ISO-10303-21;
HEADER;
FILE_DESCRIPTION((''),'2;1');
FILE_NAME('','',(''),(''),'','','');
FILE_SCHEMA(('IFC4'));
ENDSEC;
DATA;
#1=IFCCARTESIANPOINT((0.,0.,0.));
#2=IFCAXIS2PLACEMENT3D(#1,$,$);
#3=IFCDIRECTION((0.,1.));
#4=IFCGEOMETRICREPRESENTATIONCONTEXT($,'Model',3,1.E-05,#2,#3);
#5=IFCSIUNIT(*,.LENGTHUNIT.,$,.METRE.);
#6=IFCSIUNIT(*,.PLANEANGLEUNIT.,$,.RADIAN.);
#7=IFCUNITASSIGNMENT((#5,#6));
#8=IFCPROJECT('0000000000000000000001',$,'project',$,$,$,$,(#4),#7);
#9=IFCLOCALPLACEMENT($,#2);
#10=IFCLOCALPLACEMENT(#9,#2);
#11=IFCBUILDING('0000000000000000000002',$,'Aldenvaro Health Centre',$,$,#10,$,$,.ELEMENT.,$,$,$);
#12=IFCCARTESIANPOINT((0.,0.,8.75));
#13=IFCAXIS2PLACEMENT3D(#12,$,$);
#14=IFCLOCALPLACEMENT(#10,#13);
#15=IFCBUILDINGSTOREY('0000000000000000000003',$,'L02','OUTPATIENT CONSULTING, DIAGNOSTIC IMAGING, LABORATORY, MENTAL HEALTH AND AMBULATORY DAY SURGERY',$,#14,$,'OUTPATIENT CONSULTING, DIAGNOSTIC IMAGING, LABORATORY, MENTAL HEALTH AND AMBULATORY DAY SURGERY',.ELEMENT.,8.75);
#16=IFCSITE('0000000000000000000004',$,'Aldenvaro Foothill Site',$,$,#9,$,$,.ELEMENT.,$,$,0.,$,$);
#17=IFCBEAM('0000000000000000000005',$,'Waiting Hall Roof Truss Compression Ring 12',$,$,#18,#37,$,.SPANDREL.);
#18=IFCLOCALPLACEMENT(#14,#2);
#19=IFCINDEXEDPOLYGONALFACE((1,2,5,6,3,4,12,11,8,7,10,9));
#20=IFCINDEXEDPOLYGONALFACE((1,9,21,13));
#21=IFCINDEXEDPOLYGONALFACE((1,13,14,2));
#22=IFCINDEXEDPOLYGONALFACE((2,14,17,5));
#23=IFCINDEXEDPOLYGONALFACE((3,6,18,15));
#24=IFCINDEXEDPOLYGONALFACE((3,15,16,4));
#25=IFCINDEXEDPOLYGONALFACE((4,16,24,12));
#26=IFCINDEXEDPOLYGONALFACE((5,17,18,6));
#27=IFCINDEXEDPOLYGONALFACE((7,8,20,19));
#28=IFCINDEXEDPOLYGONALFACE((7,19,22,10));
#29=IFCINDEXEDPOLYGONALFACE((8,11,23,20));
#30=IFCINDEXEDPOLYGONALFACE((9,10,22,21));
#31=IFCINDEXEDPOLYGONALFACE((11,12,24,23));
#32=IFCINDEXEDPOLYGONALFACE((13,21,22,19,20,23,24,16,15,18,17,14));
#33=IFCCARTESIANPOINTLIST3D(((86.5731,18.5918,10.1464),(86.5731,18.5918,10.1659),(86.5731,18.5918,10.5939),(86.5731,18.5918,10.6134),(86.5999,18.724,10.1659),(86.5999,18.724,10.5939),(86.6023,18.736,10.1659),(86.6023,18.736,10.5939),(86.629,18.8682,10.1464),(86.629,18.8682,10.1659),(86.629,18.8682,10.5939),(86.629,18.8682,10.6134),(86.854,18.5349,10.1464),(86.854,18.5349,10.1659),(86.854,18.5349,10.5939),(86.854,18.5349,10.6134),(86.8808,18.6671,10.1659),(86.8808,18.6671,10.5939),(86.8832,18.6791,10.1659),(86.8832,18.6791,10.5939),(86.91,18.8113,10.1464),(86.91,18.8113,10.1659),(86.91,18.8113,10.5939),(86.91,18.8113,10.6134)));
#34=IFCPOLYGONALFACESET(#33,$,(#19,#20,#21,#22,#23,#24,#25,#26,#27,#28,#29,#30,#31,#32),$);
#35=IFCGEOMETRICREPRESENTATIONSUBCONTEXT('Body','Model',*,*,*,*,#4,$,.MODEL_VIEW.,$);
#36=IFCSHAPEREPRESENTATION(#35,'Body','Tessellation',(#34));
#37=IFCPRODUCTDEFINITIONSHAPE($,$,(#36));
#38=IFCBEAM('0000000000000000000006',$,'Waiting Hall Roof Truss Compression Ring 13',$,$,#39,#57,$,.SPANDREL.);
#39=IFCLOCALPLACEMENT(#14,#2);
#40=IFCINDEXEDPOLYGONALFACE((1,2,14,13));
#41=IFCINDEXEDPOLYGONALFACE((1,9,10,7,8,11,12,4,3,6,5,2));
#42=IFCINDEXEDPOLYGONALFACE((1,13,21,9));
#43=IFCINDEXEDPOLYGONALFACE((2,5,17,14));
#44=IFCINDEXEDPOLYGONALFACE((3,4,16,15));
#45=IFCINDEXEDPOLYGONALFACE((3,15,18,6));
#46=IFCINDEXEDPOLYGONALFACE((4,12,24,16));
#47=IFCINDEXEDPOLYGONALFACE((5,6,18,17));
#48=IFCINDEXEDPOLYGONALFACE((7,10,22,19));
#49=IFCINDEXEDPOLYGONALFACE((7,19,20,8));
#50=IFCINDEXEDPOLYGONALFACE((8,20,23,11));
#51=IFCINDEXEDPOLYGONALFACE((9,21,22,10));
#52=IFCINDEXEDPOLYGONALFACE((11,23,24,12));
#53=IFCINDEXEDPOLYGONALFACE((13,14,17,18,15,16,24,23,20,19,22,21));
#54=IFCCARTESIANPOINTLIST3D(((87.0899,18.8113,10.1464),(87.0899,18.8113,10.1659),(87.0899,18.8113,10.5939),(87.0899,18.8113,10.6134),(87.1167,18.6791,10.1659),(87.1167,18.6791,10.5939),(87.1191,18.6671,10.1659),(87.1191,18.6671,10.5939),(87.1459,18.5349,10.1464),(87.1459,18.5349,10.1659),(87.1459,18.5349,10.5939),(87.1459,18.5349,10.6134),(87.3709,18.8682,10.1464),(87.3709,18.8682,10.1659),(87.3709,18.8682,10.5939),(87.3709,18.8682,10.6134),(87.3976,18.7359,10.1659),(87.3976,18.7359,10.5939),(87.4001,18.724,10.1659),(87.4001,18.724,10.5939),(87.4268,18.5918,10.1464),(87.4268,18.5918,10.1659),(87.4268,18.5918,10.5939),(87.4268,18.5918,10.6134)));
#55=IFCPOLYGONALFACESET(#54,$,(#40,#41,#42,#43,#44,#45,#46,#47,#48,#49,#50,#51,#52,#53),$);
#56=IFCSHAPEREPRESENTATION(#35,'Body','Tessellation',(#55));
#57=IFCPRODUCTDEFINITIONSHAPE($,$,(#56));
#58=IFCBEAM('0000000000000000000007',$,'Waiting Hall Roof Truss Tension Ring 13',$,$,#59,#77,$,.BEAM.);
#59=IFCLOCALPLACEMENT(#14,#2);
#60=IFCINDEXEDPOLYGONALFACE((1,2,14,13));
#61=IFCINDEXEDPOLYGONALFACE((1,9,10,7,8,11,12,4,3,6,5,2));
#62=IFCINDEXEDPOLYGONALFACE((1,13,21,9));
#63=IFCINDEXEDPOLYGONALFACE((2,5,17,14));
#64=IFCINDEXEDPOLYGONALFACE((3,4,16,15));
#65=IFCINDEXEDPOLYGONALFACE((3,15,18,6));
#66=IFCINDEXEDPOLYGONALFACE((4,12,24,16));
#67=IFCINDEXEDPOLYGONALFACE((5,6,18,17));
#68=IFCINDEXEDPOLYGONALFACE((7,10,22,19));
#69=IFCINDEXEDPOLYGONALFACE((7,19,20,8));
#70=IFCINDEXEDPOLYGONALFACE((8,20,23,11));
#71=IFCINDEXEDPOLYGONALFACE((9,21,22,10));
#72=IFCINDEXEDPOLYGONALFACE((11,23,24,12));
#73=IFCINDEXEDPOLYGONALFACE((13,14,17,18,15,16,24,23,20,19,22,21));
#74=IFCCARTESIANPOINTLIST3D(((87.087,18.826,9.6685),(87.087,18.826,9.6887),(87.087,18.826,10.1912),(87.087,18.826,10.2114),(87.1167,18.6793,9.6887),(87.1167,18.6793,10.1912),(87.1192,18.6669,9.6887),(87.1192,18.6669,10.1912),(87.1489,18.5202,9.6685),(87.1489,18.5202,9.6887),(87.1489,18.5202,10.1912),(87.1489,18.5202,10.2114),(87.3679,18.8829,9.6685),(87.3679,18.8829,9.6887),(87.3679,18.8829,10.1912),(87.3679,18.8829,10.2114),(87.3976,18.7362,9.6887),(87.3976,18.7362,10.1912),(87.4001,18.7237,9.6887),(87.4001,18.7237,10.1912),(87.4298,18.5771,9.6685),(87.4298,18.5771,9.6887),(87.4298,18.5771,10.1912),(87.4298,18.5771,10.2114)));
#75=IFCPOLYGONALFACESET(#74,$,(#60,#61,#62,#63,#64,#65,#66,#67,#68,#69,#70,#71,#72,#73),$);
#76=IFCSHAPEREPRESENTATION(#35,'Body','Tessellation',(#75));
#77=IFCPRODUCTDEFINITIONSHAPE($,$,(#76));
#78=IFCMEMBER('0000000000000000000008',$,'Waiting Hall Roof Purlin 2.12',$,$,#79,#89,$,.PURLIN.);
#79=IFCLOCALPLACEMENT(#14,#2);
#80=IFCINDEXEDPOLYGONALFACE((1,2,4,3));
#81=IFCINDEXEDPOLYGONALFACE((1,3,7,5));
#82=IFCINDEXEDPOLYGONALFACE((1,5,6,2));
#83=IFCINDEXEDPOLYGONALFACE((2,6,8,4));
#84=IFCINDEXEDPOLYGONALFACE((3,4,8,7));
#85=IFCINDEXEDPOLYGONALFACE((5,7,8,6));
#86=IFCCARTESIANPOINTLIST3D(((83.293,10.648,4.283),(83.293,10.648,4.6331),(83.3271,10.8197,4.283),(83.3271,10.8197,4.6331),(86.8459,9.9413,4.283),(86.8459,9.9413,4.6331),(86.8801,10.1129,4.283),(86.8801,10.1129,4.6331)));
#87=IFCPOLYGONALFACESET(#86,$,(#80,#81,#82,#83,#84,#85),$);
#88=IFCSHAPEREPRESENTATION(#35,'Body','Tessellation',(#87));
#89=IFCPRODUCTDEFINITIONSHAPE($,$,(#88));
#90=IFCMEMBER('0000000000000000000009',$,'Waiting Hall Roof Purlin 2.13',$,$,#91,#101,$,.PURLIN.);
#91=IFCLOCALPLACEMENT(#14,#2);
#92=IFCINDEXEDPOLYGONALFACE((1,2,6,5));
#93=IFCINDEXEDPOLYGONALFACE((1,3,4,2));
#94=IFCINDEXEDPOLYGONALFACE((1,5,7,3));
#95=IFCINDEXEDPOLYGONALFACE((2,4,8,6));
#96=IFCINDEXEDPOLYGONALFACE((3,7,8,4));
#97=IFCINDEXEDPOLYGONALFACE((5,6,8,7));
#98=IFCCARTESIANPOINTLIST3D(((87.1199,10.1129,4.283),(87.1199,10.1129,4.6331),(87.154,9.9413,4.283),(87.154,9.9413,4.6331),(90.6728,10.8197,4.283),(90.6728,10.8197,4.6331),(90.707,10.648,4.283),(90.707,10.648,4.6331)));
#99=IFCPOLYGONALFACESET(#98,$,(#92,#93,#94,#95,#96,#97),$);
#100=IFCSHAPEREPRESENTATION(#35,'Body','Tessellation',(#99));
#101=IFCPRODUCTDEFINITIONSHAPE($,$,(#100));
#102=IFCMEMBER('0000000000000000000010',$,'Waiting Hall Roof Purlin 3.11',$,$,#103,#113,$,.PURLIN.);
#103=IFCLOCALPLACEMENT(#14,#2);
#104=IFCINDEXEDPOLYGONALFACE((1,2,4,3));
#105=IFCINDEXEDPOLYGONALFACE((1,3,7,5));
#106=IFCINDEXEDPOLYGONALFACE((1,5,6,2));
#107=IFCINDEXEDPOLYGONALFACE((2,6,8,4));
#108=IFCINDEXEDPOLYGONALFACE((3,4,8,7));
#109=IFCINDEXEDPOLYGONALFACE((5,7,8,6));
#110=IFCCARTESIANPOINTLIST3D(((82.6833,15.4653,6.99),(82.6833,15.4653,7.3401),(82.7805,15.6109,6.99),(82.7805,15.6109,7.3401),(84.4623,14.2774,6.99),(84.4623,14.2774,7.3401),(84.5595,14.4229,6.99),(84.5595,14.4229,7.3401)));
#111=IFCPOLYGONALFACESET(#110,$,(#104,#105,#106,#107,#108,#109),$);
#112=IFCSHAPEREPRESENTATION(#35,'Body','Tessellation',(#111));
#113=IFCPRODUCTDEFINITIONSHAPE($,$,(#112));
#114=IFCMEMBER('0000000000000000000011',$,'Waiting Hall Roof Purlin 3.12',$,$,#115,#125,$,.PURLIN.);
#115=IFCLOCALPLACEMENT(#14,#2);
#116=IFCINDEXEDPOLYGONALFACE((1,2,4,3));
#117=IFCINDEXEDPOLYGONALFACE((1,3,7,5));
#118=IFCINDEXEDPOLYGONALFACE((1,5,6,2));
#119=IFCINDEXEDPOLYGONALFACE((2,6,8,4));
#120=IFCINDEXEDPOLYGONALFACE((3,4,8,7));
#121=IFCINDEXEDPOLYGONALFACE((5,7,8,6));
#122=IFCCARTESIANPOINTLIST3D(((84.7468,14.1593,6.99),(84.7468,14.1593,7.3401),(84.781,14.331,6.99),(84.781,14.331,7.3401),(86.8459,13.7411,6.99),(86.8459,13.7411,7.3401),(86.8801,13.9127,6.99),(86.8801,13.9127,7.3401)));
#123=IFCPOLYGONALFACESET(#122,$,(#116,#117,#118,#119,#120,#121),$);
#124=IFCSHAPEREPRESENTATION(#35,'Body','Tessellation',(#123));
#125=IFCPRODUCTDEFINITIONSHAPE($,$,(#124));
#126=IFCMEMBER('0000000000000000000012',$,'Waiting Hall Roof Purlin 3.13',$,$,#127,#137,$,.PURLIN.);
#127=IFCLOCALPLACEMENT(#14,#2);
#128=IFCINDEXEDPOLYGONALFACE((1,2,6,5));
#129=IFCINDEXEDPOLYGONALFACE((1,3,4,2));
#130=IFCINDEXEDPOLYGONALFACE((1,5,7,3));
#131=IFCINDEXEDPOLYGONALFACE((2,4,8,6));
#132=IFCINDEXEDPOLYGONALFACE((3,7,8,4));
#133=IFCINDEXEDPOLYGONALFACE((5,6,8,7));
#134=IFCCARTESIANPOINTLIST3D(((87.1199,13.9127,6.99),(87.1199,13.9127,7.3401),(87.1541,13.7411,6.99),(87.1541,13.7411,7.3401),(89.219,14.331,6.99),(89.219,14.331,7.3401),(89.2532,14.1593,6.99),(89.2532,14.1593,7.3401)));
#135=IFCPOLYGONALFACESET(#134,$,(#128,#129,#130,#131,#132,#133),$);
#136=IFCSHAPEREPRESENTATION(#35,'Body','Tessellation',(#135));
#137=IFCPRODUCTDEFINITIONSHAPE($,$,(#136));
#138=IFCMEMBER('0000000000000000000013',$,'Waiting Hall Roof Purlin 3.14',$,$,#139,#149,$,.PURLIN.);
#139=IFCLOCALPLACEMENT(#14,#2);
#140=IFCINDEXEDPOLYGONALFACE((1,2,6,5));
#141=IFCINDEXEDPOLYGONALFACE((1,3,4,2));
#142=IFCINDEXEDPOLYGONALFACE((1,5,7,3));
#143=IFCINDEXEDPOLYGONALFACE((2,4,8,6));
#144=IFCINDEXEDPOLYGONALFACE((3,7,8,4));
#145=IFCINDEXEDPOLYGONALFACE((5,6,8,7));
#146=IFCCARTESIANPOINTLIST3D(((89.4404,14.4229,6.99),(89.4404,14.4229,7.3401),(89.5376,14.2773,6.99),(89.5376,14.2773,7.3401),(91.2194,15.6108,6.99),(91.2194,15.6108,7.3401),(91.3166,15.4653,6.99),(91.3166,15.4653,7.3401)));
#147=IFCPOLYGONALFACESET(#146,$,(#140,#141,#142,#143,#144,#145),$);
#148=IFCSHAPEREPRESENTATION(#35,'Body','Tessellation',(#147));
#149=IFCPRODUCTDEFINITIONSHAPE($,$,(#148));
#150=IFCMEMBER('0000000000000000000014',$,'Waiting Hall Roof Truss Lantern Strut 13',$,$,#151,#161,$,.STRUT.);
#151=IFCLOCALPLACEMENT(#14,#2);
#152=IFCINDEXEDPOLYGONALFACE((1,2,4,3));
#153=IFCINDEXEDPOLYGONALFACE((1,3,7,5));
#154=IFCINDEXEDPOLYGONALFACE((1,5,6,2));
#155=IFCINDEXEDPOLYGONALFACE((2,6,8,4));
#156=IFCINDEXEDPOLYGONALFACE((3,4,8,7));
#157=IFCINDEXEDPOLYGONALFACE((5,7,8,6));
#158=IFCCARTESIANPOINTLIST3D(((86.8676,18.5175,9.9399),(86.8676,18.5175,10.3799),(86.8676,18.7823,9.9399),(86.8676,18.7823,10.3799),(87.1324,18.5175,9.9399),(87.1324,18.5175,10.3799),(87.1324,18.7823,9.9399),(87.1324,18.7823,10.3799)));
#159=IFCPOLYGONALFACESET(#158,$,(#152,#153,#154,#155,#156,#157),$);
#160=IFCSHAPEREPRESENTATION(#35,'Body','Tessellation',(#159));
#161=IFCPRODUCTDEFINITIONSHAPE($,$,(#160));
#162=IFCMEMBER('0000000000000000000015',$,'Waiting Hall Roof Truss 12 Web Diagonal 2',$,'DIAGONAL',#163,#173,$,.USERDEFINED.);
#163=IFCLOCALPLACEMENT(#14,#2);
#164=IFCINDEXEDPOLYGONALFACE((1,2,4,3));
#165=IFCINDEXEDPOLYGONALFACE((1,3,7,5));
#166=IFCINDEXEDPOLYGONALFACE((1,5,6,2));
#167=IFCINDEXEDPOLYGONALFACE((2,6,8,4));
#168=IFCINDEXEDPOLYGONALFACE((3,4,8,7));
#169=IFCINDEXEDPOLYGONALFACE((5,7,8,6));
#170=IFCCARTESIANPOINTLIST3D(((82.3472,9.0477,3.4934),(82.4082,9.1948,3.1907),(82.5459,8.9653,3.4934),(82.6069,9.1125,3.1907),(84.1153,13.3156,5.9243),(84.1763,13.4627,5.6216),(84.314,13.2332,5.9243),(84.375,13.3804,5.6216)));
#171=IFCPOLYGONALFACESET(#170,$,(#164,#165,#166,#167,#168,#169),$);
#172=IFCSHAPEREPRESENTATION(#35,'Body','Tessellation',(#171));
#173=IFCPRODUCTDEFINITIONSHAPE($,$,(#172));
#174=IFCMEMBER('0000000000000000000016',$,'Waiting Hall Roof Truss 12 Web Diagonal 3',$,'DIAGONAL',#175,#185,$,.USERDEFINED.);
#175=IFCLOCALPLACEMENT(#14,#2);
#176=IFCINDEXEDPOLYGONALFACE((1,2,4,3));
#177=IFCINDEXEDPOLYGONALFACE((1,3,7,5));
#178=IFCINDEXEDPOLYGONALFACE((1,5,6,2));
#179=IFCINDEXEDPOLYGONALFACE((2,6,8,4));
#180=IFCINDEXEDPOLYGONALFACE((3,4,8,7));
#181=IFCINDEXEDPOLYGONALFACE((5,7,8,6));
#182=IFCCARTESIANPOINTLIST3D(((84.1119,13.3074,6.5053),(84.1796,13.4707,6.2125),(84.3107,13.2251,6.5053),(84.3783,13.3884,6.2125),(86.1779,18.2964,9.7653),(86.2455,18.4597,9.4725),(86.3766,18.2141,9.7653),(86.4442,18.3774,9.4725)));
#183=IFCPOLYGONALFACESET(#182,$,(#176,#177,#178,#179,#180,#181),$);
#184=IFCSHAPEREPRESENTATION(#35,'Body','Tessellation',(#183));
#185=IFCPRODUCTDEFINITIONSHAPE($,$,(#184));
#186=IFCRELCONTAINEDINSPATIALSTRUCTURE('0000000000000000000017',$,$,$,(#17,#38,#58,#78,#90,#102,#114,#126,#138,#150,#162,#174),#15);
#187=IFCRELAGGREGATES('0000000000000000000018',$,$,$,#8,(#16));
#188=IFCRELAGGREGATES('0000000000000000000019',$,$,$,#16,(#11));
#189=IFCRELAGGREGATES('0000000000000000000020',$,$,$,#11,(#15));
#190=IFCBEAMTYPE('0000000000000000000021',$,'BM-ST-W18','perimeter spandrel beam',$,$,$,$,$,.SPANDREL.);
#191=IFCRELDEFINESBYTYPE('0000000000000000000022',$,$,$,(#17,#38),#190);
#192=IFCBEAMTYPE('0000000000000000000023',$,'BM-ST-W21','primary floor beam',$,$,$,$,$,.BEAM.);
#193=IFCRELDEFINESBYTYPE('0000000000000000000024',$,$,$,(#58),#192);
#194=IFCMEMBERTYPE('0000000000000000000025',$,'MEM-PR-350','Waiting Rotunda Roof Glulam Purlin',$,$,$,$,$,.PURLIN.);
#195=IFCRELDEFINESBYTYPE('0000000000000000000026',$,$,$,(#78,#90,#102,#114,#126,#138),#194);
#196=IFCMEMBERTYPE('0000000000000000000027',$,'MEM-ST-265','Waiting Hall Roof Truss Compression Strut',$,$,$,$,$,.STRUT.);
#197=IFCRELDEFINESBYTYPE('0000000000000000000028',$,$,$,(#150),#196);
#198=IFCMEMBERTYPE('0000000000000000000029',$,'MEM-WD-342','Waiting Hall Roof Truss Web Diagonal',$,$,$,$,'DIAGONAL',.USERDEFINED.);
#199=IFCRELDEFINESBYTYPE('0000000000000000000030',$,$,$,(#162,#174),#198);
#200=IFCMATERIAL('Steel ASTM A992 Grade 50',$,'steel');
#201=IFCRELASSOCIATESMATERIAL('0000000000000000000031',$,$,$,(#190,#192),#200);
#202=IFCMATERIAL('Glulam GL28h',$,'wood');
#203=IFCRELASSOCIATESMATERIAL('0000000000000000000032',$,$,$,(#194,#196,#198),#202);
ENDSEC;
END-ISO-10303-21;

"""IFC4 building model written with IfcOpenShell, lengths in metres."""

from ifc_helpers import new_model, si_unit, direction, frame, origin, origin_2d, place, context, subcontext, project, spatial, rectangle, i_section, extrude, material, material_profile, profile_set, type_object, element, save


model = new_model("IFC4")

# Units and contexts
model_context = context("Model", 3, precision=1e-05, world=origin(), true_north=direction((0.0, 1.0)))
body_context = subcontext(model_context, "Body", "Model", "MODEL_VIEW")
ifc_project = project(units=[si_unit("LENGTHUNIT", "METRE"), si_unit("PLANEANGLEUNIT", "RADIAN")], contexts=[model_context])

# Site, building, storey
site_placement = place(None, origin())
site = spatial("IfcSite", under=ifc_project, at=site_placement, Name="Aldenvaro Foothill Site", CompositionType="ELEMENT", RefElevation=0.0)
building_placement = place(site_placement, origin())
building = spatial("IfcBuilding", under=site, at=building_placement, Name="Aldenvaro Health Centre", CompositionType="ELEMENT")
storey_placement = place(building_placement, frame((0.0, 0.0, 8.75)))
storey = spatial("IfcBuildingStorey", under=building, at=storey_placement, Name="L02", Description="OUTPATIENT CONSULTING, DIAGNOSTIC IMAGING, LABORATORY, MENTAL HEALTH AND AMBULATORY DAY SURGERY", LongName="OUTPATIENT CONSULTING, DIAGNOSTIC IMAGING, LABORATORY, MENTAL HEALTH AND AMBULATORY DAY SURGERY", CompositionType="ELEMENT", Elevation=8.75)

# Beams
ifc_material_1 = material(Name="Steel ASTM A992 Grade 50", Category="steel")
ifc_material_profile_1 = material_profile(ifc_material_1, i_section(OverallWidth=0.282, OverallDepth=0.467, WebThickness=0.0122, FlangeThickness=0.0195, at=origin_2d()), Name="W18X86", Category="steel")
ifc_profile_set_1 = profile_set([ifc_material_profile_1], Name="Steel ASTM A992 Grade 50")
beam_type_1 = type_object("IfcBeamType", Name="BM-ST-W18", Description="perimeter spandrel beam", PredefinedType="SPANDREL", material=ifc_profile_set_1)
for number, where, z_axis, x_axis, name in (
    (1, (86.6011, 18.73, 10.3799), (0.980119, -0.198408, 0.0), (0.198408, 0.980119, 0.0), "Waiting Hall Roof Truss Compression Ring 12"),
    (2, (87.1179, 18.6731, 10.3799), (0.980119, 0.198408, 0.0), (-0.198408, 0.980119, 0.0), "Waiting Hall Roof Truss Compression Ring 13"),
):
    element("IfcBeam", number, at=place(storey_placement, frame(where, z_axis=z_axis, x_axis=x_axis)), inside=storey, type_object=beam_type_1, Name=name, PredefinedType="SPANDREL", context=body_context, shape_type="SweptSolid", body=[
        extrude(i_section(OverallWidth=0.282, OverallDepth=0.467, WebThickness=0.0122, FlangeThickness=0.0195, at=origin_2d()), origin(), (0.0, 0.0, 1.0), 0.2866),
    ])
ifc_material_profile_2 = material_profile(ifc_material_1, i_section(OverallWidth=0.312, OverallDepth=0.543, WebThickness=0.0127, FlangeThickness=0.0203, at=origin_2d()), Name="W21X101", Category="steel")
ifc_profile_set_2 = profile_set([ifc_material_profile_2], Name="Steel ASTM A992 Grade 50")
beam_type_2 = type_object("IfcBeamType", Name="BM-ST-W21", Description="primary floor beam", PredefinedType="BEAM", material=ifc_profile_set_2)
beam_placement = place(storey_placement, frame((87.1179, 18.6731, 9.9399), z_axis=(0.980119, 0.198408, 0.0), x_axis=(-0.198408, 0.980119, 0.0)))
element("IfcBeam", 3, at=beam_placement, inside=storey, type_object=beam_type_2, Name="Waiting Hall Roof Truss Tension Ring 13", PredefinedType="BEAM", context=body_context, shape_type="SweptSolid", body=[
    extrude(i_section(OverallWidth=0.312, OverallDepth=0.543, WebThickness=0.0127, FlangeThickness=0.0203, at=origin_2d()), origin(), (0.0, 0.0, 1.0), 0.2866),
])

# Members
ifc_material_2 = material(Name="Glulam GL28h", Category="wood")
ifc_material_profile_3 = material_profile(ifc_material_2, rectangle(XDim=0.175, YDim=0.3501, at=origin_2d()), Name="GL 175x350", Category="wood")
ifc_profile_set_3 = profile_set([ifc_material_profile_3], Name="Glulam GL28h")
member_type_1 = type_object("IfcMemberType", Name="MEM-PR-350", Description="Waiting Rotunda Roof Glulam Purlin", PredefinedType="PURLIN", material=ifc_profile_set_3)
for number, where, z_axis, x_axis, name in (
    (4, (83.3101, 10.7339, 4.458), (0.980782, -0.195105, 0.0), (0.195105, 0.980782, 0.0), "Waiting Hall Roof Purlin 2.12"),
    (5, (87.137, 10.0271, 4.458), (0.980782, 0.195105, 0.0), (-0.195105, 0.980782, 0.0), "Waiting Hall Roof Purlin 2.13"),
):
    element("IfcMember", number, at=place(storey_placement, frame(where, z_axis=z_axis, x_axis=x_axis)), inside=storey, type_object=member_type_1, Name=name, PredefinedType="PURLIN", context=body_context, shape_type="SweptSolid", body=[
        extrude(rectangle(XDim=0.175, YDim=0.3501, at=origin_2d()), origin(), (0.0, 0.0, 1.0), 3.6226),
    ])
member_1_placement = place(storey_placement, frame((82.7319, 15.5381, 7.165), z_axis=(0.831629, -0.555332, 0.0), x_axis=(0.555332, 0.831629, 0.0)))
element("IfcMember", 6, at=member_1_placement, inside=storey, type_object=member_type_1, Name="Waiting Hall Roof Purlin 3.11", PredefinedType="PURLIN", context=body_context, shape_type="SweptSolid", body=[
    extrude(rectangle(XDim=0.175, YDim=0.3501, at=origin_2d()), origin(), (0.0, 0.0, 1.0), 2.1392),
])
for number, where, z_axis, x_axis, name in (
    (7, (84.7639, 14.2451, 7.165), (0.980725, -0.195392, 0.0), (0.195392, 0.980725, 0.0), "Waiting Hall Roof Purlin 3.12"),
    (8, (87.137, 13.8269, 7.165), (0.980725, 0.195392, 0.0), (-0.195392, 0.980725, 0.0), "Waiting Hall Roof Purlin 3.13"),
):
    element("IfcMember", number, at=place(storey_placement, frame(where, z_axis=z_axis, x_axis=x_axis)), inside=storey, type_object=member_type_1, Name=name, PredefinedType="PURLIN", context=body_context, shape_type="SweptSolid", body=[
        extrude(rectangle(XDim=0.175, YDim=0.3501, at=origin_2d()), origin(), (0.0, 0.0, 1.0), 2.1404),
    ])
member_2_placement = place(storey_placement, frame((89.489, 14.3501, 7.165), z_axis=(0.831629, 0.555332, 0.0), x_axis=(-0.555332, 0.831629, 0.0)))
element("IfcMember", 9, at=member_2_placement, inside=storey, type_object=member_type_1, Name="Waiting Hall Roof Purlin 3.14", PredefinedType="PURLIN", context=body_context, shape_type="SweptSolid", body=[
    extrude(rectangle(XDim=0.175, YDim=0.3501, at=origin_2d()), origin(), (0.0, 0.0, 1.0), 2.1392),
])
ifc_material_profile_4 = material_profile(ifc_material_2, rectangle(XDim=0.2649, YDim=0.2649, at=origin_2d()), Name="GL 265x265", Category="wood")
ifc_profile_set_4 = profile_set([ifc_material_profile_4], Name="Glulam GL28h")
member_type_2 = type_object("IfcMemberType", Name="MEM-ST-265", Description="Waiting Hall Roof Truss Compression Strut", PredefinedType="STRUT", material=ifc_profile_set_4)
member_3_placement = place(storey_placement, frame((87.0, 18.6499, 9.9399), z_axis=(0.0, 0.0, 1.0), x_axis=(1.0, 0.0, 0.0)))
element("IfcMember", 10, at=member_3_placement, inside=storey, type_object=member_type_2, Name="Waiting Hall Roof Truss Lantern Strut 13", PredefinedType="STRUT", context=body_context, shape_type="SweptSolid", body=[
    extrude(rectangle(XDim=0.2649, YDim=0.2649, at=origin_2d()), origin(), (0.0, 0.0, 1.0), 0.4399),
])
ifc_material_profile_5 = material_profile(ifc_material_2, rectangle(XDim=0.2151, YDim=0.342, at=origin_2d()), Name="GL 215x342", Category="wood")
ifc_profile_set_5 = profile_set([ifc_material_profile_5], Name="Glulam GL28h")
member_type_3 = type_object("IfcMemberType", Name="MEM-WD-342", Description="Waiting Hall Roof Truss Web Diagonal", ElementType="DIAGONAL", PredefinedType="USERDEFINED", material=ifc_profile_set_5)
member_4_placement = place(storey_placement, frame((82.4771, 9.0801, 3.342), z_axis=(0.338702, 0.817571, 0.46568), x_axis=(-0.923858, 0.382735, 0.0)))
element("IfcMember", 11, at=member_4_placement, inside=storey, type_object=member_type_3, Name="Waiting Hall Roof Truss 12 Web Diagonal 2", ObjectType="DIAGONAL", PredefinedType="USERDEFINED", context=body_context, shape_type="SweptSolid", body=[
    extrude(rectangle(XDim=0.2151, YDim=0.342, at=origin_2d()), origin(), (0.0, 0.0, 1.0), 5.2202),
])
for number, where, z_axis, x_axis, name in (
    (12, (84.2451, 13.3479, 6.3589), (0.327528, 0.790952, 0.516838), (-0.923919, 0.382589, 0.0), "Waiting Hall Roof Truss 12 Web Diagonal 3"),
):
    element("IfcMember", number, at=place(storey_placement, frame(where, z_axis=z_axis, x_axis=x_axis)), inside=storey, type_object=member_type_3, Name=name, ObjectType="DIAGONAL", PredefinedType="USERDEFINED", context=body_context, shape_type="SweptSolid", body=[
        extrude(rectangle(XDim=0.2151, YDim=0.342, at=origin_2d()), origin(), (0.0, 0.0, 1.0), 6.3076),
    ])

save(model, "model.ifc")
